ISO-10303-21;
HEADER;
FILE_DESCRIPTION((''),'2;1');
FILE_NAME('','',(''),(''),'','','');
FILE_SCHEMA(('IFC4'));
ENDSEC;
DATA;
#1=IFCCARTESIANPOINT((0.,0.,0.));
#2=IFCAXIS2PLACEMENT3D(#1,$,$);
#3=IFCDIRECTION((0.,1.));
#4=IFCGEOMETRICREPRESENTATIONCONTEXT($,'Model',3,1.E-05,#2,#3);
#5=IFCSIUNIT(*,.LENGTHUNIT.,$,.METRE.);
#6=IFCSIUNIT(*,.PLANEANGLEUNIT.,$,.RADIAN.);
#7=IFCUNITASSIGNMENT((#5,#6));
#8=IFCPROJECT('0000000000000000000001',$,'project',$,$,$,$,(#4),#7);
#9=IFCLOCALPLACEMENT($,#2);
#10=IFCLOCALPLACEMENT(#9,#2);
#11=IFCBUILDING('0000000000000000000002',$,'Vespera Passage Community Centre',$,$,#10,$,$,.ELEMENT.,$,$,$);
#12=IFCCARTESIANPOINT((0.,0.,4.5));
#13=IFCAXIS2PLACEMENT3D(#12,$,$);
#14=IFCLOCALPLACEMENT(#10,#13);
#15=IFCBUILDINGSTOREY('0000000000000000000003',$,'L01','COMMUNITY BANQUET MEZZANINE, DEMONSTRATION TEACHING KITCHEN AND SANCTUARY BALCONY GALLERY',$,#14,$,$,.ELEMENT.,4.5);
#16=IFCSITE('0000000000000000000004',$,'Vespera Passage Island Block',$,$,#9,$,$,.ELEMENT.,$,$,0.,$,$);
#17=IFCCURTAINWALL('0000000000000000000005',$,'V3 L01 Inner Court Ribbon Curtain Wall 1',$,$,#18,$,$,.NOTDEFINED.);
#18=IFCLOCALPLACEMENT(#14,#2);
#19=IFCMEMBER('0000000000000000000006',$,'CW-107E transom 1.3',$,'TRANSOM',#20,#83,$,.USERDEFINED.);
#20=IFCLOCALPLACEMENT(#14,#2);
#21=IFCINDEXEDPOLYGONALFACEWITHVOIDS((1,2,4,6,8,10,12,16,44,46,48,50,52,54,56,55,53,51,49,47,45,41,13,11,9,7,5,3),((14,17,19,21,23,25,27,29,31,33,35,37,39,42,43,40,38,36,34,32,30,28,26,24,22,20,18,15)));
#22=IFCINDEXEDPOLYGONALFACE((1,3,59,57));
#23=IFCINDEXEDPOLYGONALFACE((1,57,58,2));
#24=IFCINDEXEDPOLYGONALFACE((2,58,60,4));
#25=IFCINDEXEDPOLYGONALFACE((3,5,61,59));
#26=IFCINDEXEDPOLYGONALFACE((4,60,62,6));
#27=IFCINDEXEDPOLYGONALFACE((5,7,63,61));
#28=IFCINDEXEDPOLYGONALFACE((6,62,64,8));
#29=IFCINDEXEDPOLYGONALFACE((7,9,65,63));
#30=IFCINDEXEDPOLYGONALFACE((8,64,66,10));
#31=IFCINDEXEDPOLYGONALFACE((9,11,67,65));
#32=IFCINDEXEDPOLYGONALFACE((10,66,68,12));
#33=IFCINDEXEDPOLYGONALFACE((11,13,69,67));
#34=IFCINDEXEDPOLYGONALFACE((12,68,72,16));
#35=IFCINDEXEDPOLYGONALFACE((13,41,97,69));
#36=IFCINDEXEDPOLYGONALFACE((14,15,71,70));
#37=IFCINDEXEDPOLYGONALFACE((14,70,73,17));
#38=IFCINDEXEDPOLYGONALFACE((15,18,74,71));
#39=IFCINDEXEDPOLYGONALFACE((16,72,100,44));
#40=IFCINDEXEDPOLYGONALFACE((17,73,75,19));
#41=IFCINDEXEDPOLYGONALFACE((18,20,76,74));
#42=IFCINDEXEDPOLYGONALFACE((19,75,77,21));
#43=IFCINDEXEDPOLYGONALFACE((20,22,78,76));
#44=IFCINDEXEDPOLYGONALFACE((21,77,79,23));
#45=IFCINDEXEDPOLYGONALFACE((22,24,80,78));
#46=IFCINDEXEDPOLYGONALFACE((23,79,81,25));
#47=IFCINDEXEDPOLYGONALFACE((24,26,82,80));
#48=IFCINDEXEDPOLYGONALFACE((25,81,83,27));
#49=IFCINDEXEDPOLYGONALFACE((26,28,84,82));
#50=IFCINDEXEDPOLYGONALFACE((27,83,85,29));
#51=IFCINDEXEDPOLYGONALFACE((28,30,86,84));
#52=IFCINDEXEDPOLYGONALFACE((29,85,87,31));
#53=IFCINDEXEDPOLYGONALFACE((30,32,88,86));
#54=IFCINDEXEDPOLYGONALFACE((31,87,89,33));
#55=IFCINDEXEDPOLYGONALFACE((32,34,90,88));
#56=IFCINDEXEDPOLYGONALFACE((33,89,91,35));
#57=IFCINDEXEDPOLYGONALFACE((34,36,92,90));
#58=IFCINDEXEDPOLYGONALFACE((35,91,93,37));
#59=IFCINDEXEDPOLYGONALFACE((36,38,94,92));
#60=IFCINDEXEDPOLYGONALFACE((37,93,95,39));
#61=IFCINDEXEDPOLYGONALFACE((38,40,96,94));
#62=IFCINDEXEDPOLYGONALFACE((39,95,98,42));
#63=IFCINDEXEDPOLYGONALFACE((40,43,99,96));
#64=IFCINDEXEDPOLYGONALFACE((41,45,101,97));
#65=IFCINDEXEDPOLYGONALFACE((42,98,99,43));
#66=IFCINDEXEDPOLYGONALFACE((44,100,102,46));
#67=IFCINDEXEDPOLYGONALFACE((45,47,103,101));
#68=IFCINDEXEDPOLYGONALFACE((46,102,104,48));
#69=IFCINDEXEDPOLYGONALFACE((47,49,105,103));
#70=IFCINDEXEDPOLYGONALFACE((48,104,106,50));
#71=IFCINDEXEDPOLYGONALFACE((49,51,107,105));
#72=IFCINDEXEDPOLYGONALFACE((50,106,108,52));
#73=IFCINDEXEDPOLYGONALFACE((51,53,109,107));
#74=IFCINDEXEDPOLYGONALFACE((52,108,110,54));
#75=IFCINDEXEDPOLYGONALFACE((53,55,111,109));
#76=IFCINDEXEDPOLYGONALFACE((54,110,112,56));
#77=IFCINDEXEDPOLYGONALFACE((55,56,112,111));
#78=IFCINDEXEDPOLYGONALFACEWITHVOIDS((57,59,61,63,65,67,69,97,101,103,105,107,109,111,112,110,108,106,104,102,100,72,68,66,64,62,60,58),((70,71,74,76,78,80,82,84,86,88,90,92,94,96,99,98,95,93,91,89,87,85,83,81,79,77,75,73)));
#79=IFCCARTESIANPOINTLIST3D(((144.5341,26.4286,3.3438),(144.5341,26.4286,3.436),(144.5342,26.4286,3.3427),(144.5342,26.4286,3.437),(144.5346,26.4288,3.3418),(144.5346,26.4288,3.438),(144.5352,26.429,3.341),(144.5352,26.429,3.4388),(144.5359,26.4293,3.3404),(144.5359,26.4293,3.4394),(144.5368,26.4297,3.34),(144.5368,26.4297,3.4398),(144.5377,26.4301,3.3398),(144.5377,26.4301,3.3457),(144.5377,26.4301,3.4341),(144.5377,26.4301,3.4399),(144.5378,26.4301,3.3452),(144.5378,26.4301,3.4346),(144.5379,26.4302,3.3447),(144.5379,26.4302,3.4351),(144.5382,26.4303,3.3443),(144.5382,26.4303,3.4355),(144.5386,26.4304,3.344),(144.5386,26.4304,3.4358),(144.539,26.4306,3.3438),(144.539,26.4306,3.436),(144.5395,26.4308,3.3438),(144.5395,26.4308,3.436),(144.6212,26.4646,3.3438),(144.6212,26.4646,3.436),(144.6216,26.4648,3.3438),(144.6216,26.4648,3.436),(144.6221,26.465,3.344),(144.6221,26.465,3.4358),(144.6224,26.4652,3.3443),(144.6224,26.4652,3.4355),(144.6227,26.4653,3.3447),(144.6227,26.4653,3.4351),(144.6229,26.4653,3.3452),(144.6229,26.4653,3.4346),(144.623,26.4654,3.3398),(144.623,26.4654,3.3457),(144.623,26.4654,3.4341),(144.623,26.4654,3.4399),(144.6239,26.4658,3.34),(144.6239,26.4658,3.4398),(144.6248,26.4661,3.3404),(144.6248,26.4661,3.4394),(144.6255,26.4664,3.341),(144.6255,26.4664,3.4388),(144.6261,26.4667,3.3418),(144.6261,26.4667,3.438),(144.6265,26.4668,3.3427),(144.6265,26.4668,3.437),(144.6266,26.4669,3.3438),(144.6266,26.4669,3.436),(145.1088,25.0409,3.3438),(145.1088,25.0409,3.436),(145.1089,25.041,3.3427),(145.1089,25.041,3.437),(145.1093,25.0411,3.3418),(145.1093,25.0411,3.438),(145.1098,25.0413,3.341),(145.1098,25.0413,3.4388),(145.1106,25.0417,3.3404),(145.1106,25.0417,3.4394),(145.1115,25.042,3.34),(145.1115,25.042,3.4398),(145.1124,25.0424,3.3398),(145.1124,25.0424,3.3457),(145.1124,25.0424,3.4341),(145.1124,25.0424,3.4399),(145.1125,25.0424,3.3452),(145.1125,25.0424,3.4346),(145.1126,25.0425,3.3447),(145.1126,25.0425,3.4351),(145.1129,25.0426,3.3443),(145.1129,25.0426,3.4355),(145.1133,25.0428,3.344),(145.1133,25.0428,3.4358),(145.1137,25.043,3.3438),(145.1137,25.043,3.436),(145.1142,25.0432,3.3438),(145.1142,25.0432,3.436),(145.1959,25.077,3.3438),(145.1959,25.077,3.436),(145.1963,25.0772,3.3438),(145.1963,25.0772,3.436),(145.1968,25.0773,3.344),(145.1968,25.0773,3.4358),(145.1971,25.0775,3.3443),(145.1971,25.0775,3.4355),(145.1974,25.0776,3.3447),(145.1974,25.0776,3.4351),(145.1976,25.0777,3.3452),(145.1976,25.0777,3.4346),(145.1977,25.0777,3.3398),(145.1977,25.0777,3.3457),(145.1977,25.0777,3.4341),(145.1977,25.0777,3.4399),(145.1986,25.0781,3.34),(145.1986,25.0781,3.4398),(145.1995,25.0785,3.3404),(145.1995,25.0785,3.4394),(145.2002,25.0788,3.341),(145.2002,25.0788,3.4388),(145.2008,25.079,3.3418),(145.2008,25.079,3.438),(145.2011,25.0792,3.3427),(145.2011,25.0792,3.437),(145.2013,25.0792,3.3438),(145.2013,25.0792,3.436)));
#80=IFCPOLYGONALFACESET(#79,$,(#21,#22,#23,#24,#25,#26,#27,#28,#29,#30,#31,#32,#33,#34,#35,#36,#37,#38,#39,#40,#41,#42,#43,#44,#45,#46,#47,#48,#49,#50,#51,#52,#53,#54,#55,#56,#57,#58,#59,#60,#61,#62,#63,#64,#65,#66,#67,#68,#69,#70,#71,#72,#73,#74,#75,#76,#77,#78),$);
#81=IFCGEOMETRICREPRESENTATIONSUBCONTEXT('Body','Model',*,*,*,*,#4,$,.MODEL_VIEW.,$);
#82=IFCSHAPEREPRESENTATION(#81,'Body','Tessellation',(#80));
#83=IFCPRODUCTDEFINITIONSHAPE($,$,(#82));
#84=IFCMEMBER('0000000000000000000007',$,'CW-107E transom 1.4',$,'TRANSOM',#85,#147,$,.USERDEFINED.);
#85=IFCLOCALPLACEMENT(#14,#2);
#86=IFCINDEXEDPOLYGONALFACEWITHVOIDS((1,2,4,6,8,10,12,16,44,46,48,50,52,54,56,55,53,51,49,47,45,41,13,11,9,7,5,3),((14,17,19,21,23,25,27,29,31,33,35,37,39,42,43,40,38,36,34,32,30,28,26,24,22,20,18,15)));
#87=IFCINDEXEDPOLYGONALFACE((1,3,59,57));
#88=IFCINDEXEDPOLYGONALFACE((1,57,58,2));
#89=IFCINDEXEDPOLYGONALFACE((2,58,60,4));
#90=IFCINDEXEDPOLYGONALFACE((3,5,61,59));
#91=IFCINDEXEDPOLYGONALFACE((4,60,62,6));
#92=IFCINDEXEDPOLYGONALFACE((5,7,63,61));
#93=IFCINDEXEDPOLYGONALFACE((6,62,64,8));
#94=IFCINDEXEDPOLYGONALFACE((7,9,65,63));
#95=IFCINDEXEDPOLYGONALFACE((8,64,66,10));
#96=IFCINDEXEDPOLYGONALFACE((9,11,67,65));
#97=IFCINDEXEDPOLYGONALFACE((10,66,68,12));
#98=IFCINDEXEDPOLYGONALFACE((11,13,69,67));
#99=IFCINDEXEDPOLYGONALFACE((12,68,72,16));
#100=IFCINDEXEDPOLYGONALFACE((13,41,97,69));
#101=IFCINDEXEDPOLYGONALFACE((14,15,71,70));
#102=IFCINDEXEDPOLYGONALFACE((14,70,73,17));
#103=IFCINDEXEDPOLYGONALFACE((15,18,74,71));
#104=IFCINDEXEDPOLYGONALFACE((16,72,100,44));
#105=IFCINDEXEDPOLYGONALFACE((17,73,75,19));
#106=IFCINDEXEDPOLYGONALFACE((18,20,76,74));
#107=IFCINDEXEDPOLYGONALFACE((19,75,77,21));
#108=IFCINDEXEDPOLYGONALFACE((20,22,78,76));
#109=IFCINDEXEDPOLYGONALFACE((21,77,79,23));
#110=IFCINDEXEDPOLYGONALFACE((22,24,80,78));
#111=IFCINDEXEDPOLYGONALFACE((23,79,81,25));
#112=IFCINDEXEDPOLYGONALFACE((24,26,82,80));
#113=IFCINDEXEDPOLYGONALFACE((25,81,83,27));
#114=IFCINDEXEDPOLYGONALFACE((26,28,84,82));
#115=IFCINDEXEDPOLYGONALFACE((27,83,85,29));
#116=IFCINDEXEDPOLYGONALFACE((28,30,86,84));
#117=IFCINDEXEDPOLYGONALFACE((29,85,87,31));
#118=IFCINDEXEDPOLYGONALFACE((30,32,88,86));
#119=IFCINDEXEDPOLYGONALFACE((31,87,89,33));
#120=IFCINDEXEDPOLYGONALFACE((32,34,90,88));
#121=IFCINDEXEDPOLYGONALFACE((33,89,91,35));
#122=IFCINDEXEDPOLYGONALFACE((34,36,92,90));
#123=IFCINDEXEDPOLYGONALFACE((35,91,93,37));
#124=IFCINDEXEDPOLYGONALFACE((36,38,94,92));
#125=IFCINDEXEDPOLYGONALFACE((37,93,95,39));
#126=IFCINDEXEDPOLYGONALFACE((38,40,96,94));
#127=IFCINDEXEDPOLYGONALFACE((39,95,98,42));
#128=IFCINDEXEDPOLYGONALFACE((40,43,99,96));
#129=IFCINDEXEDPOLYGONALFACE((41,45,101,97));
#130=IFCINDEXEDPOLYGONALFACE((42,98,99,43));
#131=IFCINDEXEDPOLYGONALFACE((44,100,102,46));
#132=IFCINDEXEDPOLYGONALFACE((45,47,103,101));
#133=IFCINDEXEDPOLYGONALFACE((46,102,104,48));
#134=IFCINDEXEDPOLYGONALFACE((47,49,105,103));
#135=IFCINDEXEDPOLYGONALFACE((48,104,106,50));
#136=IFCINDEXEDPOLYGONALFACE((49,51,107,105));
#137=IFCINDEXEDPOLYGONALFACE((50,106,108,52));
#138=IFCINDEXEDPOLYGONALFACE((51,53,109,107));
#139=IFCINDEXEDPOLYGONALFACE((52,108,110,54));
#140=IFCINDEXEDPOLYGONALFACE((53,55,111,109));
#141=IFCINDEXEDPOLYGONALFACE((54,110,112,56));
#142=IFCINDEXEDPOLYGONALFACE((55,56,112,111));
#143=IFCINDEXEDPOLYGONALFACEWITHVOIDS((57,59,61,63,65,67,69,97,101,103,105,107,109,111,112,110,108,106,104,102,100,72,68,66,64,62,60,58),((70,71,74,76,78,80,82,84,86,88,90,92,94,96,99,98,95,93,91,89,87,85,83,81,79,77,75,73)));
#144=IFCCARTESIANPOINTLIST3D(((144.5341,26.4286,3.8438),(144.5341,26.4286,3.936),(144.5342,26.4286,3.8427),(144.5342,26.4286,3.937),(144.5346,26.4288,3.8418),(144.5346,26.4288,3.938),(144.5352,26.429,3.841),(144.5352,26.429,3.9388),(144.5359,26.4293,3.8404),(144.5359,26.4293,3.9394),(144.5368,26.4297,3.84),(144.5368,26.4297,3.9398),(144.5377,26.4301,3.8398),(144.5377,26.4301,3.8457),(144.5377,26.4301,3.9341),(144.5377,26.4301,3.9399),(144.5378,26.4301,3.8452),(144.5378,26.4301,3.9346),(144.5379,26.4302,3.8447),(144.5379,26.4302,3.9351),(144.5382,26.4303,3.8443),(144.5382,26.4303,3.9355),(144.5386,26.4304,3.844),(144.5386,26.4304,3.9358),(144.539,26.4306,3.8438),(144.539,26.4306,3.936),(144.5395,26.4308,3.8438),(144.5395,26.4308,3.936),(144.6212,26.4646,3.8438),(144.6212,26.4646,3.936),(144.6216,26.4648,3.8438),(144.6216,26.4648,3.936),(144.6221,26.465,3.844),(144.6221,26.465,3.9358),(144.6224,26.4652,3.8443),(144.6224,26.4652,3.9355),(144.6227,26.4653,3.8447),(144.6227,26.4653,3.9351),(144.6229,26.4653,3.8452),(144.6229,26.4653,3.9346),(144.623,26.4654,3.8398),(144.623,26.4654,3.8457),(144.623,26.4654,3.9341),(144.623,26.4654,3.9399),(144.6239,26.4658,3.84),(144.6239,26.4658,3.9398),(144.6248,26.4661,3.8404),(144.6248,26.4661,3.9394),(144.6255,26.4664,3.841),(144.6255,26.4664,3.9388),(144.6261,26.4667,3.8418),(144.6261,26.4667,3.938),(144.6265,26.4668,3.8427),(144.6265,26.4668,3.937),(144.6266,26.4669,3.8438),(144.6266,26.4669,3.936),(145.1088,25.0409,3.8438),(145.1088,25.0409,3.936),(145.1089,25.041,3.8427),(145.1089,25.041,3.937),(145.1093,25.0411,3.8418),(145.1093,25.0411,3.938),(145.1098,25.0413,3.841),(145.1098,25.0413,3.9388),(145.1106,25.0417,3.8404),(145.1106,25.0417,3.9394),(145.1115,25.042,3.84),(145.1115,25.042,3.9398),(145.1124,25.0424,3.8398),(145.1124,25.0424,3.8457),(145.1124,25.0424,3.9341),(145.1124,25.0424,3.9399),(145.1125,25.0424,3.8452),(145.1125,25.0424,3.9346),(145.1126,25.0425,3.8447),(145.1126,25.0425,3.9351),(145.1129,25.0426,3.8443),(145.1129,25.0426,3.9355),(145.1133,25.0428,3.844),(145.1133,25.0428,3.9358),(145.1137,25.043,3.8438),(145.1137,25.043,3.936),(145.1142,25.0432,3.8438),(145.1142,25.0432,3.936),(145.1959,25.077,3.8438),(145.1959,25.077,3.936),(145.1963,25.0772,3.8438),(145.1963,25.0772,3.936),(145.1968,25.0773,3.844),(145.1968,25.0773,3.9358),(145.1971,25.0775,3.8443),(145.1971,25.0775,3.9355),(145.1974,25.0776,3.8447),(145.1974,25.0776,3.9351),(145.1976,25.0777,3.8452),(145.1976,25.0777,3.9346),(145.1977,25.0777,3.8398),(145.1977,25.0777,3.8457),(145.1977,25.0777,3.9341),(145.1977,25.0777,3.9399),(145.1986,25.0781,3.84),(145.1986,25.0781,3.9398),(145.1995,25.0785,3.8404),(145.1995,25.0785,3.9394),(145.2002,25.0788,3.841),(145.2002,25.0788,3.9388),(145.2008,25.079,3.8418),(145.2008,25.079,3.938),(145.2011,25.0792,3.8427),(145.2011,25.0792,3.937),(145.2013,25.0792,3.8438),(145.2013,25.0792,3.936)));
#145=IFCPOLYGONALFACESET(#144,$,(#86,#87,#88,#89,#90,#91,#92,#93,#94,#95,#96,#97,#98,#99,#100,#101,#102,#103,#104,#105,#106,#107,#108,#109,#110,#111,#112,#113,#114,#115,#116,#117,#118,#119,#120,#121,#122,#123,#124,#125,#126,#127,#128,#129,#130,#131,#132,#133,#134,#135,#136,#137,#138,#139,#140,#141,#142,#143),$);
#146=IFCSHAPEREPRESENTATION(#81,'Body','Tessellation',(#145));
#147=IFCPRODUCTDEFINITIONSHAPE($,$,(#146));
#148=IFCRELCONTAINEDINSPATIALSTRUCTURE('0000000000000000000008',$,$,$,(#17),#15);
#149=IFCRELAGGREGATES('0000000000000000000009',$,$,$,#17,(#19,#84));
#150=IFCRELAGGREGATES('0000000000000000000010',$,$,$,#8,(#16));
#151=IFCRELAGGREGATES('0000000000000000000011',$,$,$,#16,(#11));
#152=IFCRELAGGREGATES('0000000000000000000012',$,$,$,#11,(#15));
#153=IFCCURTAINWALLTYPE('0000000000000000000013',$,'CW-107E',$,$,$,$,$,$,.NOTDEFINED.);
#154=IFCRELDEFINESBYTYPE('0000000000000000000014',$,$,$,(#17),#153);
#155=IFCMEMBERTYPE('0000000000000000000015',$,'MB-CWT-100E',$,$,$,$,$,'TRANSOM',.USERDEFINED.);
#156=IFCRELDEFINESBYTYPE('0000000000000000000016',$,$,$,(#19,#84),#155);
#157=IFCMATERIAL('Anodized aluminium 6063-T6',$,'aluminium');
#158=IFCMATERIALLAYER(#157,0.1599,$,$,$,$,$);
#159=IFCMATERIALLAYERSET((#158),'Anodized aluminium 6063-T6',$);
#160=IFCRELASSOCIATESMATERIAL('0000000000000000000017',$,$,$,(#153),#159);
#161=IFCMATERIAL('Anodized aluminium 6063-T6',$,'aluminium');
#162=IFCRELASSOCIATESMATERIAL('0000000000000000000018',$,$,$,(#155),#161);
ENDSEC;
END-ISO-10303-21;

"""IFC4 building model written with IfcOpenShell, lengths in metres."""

from ifc_helpers import new_model, si_unit, direction, frame, origin, origin_2d, place, context, subcontext, project, spatial, hollow_rectangle, extrude, material, layer, layer_set, material_profile, profile_set, type_object, element, aggregate, save


model = new_model("IFC4")

# Units and contexts
model_context = context("Model", 3, precision=1e-05, world=origin(), true_north=direction((0.0, 1.0)))
body_context = subcontext(model_context, "Body", "Model", "MODEL_VIEW")
ifc_project = project(units=[si_unit("LENGTHUNIT", "METRE"), si_unit("PLANEANGLEUNIT", "RADIAN")], contexts=[model_context])

# Site, building, storey
site_placement = place(None, origin())
site = spatial("IfcSite", under=ifc_project, at=site_placement, Name="Vespera Passage Island Block", CompositionType="ELEMENT", RefElevation=0.0)
building_placement = place(site_placement, origin())
building = spatial("IfcBuilding", under=site, at=building_placement, Name="Vespera Passage Community Centre", CompositionType="ELEMENT")
storey_placement = place(building_placement, frame((0.0, 0.0, 4.5)))
storey = spatial("IfcBuildingStorey", under=building, at=storey_placement, Name="L01", Description="COMMUNITY BANQUET MEZZANINE, DEMONSTRATION TEACHING KITCHEN AND SANCTUARY BALCONY GALLERY", CompositionType="ELEMENT", Elevation=4.5)

# Curtain wall
ifc_material_1 = material(Name="Anodized aluminium 6063-T6", Category="aluminium")
ifc_layer_1 = layer(ifc_material_1, 0.1599)
ifc_layer_set_1 = layer_set([ifc_layer_1], Name="Anodized aluminium 6063-T6")
curtain_wall_type = type_object("IfcCurtainWallType", Name="CW-107E", PredefinedType="NOTDEFINED", material=ifc_layer_set_1)
curtain_wall_1_placement = place(storey_placement, origin())
curtain_wall_1 = element("IfcCurtainWall", 1, at=curtain_wall_1_placement, inside=storey, type_object=curtain_wall_type, Name="V3 L01 Inner Court Ribbon Curtain Wall 1", PredefinedType="NOTDEFINED")

# Members
ifc_material_2 = material(Name="Anodized aluminium 6063-T6", Category="aluminium")
ifc_material_profile_1 = material_profile(ifc_material_2, hollow_rectangle(XDim=0.1001, YDim=0.1001, WallThickness=0.0039, InnerFilletRadius=0.002, OuterFilletRadius=0.0039, at=origin_2d()), Name="ALU100X100X4")
ifc_profile_set_1 = profile_set([ifc_material_profile_1], Name="Anodized aluminium 6063-T6")
member_type_1 = type_object("IfcMemberType", Name="MB-CWT-100E", ElementType="TRANSOM", PredefinedType="USERDEFINED", material=ifc_profile_set_1)
member_1_placement = place(storey_placement, frame((145.155, 25.0601, 3.3899), z_axis=(-0.382629, 0.923902, 0.0), x_axis=(-0.923902, -0.382629, 0.0)))
member_1 = element("IfcMember", 2, at=member_1_placement, type_object=member_type_1, Name="CW-107E transom 1.3", ObjectType="TRANSOM", PredefinedType="USERDEFINED", context=body_context, shape_type="SweptSolid", body=[
    extrude(hollow_rectangle(XDim=0.1001, YDim=0.1001, WallThickness=0.0039, InnerFilletRadius=0.002, OuterFilletRadius=0.0039, at=origin_2d()), origin(), (0.0, 0.0, 1.0), 1.502),
])
member_2_placement = place(storey_placement, frame((145.155, 25.0601, 3.8899), z_axis=(-0.382629, 0.923902, 0.0), x_axis=(-0.923902, -0.382629, 0.0)))
member_2 = element("IfcMember", 3, at=member_2_placement, type_object=member_type_1, Name="CW-107E transom 1.4", ObjectType="TRANSOM", PredefinedType="USERDEFINED", context=body_context, shape_type="SweptSolid", body=[
    extrude(hollow_rectangle(XDim=0.1001, YDim=0.1001, WallThickness=0.0039, InnerFilletRadius=0.002, OuterFilletRadius=0.0039, at=origin_2d()), origin(), (0.0, 0.0, 1.0), 1.502),
])

aggregate(curtain_wall_1, [member_1, member_2])

save(model, "model.ifc")
